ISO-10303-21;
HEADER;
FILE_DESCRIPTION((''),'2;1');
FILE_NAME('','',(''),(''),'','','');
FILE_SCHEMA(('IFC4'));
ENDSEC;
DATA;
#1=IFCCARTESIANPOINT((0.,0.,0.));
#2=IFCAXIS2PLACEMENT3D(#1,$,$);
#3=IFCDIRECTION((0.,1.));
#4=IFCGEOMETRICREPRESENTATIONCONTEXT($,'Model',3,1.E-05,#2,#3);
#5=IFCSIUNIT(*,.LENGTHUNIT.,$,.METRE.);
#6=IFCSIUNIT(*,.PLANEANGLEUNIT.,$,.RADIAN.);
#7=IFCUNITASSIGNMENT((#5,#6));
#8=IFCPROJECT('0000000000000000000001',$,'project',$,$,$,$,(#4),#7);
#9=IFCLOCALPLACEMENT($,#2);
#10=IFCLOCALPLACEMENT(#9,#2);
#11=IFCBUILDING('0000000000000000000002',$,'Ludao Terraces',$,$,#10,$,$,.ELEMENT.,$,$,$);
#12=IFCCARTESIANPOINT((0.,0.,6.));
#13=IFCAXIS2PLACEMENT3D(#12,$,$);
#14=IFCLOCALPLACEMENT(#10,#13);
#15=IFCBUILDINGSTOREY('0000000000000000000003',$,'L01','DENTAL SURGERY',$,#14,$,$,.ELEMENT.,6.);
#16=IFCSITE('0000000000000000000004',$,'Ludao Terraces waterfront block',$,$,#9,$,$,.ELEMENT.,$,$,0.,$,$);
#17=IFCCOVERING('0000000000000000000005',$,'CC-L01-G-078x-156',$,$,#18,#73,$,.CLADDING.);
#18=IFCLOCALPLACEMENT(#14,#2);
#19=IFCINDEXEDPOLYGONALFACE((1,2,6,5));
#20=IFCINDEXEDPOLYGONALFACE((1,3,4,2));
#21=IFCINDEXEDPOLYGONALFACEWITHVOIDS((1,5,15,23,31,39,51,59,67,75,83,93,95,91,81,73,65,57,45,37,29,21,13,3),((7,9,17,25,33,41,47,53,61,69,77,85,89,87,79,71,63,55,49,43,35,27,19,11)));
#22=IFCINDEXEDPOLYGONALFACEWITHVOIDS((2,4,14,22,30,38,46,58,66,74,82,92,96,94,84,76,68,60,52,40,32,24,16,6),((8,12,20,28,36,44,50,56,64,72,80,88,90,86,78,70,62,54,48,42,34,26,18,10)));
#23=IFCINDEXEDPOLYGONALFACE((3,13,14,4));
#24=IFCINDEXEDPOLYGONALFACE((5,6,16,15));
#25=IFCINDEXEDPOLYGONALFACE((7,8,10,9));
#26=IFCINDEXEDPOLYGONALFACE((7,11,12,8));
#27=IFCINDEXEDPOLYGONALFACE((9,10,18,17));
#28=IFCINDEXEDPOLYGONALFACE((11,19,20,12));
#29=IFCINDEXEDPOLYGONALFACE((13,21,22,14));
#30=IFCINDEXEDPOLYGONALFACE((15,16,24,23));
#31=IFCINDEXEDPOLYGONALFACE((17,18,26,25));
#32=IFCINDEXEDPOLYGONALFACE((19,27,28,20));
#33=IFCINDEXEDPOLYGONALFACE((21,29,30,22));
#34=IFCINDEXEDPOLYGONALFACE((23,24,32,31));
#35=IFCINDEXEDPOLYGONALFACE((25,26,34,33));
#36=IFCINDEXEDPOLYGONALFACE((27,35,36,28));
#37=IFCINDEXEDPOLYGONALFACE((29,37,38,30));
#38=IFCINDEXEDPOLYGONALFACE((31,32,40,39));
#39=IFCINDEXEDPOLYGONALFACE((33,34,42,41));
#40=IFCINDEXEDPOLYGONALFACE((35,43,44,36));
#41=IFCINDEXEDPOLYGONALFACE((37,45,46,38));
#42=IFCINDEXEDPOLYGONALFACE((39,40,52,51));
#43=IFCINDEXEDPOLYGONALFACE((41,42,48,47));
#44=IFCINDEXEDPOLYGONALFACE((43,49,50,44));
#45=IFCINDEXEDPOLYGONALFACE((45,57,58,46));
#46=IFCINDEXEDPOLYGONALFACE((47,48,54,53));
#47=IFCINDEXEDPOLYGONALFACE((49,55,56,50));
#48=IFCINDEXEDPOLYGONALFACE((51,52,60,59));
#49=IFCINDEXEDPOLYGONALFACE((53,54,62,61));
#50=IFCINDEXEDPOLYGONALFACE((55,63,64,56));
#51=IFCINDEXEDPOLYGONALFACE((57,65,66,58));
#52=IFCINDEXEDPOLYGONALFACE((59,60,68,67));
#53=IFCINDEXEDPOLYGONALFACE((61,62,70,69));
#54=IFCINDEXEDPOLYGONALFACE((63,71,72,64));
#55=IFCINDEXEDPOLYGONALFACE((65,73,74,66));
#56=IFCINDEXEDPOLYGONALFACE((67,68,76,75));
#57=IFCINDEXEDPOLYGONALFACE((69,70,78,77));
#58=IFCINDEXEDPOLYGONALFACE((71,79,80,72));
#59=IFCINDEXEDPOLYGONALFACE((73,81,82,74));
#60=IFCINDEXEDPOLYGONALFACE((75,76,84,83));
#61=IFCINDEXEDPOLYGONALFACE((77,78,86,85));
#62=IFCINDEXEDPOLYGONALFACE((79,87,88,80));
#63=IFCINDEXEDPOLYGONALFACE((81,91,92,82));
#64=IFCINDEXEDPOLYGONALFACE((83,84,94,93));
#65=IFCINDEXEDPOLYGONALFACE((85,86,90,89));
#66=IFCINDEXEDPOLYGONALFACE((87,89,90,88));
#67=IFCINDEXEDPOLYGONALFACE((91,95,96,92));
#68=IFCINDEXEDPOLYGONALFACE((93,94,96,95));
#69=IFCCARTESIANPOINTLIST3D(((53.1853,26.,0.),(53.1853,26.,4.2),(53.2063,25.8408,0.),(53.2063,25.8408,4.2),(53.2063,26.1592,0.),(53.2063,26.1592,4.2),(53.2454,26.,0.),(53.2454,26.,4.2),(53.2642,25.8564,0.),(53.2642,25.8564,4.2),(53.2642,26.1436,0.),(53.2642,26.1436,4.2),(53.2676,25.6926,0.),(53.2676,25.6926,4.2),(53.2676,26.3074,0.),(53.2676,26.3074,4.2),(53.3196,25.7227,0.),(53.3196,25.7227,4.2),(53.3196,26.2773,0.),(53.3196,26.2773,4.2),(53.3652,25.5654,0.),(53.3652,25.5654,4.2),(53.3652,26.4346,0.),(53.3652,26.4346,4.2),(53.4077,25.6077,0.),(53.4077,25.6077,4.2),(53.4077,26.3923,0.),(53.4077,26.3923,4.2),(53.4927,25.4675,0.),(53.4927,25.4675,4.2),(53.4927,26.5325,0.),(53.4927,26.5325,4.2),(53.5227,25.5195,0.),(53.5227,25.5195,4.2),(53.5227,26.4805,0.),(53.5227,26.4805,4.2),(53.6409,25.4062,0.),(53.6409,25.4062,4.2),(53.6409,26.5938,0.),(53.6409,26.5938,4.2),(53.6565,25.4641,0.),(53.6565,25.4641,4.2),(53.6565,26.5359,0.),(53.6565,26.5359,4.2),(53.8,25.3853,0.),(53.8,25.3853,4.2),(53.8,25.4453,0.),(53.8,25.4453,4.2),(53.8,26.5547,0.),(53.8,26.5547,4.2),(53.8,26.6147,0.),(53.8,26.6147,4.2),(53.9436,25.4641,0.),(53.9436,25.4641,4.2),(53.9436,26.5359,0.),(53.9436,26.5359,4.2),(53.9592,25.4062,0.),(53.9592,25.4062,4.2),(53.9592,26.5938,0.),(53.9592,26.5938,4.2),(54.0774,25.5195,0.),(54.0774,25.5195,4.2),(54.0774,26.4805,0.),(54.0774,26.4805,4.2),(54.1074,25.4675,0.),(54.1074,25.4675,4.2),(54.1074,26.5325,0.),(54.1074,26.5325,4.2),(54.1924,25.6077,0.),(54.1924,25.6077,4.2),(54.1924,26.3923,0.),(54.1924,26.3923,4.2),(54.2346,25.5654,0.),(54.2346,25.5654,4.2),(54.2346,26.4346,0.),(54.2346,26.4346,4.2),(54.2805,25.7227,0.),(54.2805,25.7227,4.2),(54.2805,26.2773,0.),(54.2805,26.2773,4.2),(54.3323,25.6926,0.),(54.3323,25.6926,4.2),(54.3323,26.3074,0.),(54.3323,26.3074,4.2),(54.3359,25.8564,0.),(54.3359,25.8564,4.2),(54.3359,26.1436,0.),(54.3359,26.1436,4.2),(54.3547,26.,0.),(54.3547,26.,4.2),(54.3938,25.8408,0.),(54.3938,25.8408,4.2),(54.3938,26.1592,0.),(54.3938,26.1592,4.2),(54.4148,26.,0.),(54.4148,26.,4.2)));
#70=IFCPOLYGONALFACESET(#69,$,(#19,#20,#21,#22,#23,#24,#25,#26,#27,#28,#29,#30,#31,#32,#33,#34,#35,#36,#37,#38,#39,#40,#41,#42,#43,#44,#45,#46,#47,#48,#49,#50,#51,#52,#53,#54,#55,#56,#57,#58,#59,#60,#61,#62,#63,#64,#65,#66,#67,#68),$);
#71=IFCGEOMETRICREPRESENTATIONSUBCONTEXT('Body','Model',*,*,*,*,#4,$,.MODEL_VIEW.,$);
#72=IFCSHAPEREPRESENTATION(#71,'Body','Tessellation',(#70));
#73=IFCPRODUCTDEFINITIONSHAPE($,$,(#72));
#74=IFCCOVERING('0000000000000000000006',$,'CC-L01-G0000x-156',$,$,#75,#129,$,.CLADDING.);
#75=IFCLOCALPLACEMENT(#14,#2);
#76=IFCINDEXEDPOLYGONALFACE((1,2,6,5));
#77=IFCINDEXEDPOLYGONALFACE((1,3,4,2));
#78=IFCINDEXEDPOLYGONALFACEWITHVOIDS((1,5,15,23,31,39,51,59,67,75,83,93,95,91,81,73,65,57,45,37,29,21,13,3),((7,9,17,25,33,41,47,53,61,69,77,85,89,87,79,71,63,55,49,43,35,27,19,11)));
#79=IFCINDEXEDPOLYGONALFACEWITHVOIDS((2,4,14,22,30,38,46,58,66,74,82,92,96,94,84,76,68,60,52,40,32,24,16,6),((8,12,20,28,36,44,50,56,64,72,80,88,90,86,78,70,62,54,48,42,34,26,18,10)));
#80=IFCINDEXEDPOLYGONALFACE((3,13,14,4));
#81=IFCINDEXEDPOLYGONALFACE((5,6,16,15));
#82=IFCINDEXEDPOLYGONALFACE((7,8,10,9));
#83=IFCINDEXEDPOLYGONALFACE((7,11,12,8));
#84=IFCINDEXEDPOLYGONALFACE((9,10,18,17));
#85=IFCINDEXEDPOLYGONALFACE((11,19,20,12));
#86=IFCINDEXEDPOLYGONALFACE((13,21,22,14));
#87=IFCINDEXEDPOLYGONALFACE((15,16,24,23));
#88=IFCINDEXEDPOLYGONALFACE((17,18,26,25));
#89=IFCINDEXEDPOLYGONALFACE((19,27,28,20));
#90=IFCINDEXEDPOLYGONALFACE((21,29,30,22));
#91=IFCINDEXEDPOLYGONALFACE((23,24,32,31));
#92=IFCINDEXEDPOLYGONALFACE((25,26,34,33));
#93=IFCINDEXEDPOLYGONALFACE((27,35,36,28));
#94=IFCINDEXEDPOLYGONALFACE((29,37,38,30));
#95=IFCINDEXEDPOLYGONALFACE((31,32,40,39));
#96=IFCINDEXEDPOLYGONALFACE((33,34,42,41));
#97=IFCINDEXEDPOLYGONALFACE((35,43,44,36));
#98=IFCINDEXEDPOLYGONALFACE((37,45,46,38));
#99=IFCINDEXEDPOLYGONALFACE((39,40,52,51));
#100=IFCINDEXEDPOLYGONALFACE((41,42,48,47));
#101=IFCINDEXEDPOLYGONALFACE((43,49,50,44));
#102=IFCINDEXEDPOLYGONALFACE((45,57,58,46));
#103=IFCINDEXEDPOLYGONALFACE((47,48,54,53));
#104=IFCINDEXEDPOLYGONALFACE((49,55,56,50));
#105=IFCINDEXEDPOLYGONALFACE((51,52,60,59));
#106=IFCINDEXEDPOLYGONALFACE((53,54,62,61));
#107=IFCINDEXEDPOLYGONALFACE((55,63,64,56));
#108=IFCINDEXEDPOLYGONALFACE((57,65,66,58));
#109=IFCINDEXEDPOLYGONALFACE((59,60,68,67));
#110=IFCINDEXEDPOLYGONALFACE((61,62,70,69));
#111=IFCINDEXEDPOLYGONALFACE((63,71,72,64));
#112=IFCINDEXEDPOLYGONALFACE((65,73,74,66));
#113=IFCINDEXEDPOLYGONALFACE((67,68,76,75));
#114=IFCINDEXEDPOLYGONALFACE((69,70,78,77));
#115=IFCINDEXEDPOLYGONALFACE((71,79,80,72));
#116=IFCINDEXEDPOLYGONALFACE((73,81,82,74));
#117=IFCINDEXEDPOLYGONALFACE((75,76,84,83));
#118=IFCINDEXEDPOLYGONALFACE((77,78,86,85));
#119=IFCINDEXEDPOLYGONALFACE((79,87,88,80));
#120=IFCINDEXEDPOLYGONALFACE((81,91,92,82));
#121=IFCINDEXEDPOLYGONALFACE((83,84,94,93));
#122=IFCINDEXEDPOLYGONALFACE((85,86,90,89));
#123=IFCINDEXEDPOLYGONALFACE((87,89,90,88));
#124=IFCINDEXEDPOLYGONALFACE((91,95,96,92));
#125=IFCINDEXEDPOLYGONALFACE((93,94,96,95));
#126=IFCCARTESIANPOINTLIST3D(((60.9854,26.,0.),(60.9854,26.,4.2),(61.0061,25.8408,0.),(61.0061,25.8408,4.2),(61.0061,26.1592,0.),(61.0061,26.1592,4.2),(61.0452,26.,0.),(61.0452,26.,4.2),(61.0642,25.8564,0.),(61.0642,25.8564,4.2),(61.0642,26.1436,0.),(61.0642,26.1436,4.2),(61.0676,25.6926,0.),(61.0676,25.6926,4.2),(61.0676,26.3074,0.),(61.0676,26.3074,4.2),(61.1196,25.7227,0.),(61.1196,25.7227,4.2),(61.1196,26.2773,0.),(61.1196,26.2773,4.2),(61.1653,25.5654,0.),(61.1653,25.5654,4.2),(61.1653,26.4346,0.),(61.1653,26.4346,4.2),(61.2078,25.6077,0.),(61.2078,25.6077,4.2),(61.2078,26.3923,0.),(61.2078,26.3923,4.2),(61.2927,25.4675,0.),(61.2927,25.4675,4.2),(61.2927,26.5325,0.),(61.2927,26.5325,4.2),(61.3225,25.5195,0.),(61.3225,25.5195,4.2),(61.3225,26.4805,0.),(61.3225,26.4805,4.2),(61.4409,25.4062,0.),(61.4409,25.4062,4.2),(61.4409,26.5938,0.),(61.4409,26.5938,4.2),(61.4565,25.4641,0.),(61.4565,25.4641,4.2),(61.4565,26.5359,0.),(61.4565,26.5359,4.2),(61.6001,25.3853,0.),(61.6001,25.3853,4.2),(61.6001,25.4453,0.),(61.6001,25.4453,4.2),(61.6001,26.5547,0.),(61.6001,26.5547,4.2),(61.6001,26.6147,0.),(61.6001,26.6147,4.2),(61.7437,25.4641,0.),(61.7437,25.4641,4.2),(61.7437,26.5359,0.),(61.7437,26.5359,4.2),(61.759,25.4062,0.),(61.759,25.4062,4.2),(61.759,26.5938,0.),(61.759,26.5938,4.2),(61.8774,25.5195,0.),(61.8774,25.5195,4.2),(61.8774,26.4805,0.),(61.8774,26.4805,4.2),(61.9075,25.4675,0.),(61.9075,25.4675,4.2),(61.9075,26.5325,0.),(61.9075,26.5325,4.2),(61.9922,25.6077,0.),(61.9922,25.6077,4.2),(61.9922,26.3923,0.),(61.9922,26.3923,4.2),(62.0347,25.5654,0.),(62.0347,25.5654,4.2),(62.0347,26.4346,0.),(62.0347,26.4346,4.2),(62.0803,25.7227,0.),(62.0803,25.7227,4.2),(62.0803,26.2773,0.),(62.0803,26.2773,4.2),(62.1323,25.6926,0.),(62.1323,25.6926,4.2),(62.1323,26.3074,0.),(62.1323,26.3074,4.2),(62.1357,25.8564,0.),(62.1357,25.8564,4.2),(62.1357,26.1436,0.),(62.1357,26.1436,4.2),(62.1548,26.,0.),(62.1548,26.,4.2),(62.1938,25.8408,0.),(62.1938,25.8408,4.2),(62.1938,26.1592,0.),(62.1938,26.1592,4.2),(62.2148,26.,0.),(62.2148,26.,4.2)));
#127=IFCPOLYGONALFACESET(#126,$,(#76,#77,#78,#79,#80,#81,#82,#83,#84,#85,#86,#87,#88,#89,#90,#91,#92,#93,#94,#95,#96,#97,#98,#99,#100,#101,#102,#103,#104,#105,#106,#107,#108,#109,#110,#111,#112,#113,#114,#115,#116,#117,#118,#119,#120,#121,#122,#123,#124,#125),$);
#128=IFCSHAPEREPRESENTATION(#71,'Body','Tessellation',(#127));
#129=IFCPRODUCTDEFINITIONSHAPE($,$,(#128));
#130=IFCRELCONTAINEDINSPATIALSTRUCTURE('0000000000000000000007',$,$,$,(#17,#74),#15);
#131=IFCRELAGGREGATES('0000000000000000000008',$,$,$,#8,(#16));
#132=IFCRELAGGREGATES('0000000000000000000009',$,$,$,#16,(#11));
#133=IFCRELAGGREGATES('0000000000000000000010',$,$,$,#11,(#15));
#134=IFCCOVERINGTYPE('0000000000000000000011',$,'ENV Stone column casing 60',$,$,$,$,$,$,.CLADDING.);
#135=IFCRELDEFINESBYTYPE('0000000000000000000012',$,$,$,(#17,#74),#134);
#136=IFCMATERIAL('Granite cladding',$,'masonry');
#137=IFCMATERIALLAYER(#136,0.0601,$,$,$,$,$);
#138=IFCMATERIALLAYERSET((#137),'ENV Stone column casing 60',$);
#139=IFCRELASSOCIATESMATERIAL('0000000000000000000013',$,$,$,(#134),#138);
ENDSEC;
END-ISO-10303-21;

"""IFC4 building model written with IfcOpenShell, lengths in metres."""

from ifc_helpers import new_model, si_unit, direction, frame, origin, place, context, subcontext, project, spatial, polyline, outline, extrude, material, layer, layer_set, type_object, element, save


model = new_model("IFC4")

# Units and contexts
model_context = context("Model", 3, precision=1e-05, world=origin(), true_north=direction((0.0, 1.0)))
body_context = subcontext(model_context, "Body", "Model", "MODEL_VIEW")
ifc_project = project(units=[si_unit("LENGTHUNIT", "METRE"), si_unit("PLANEANGLEUNIT", "RADIAN")], contexts=[model_context])

# Site, building, storey
site_placement = place(None, origin())
site = spatial("IfcSite", under=ifc_project, at=site_placement, Name="Ludao Terraces waterfront block", CompositionType="ELEMENT", RefElevation=0.0)
building_placement = place(site_placement, origin())
building = spatial("IfcBuilding", under=site, at=building_placement, Name="Ludao Terraces", CompositionType="ELEMENT")
storey_placement = place(building_placement, frame((0.0, 0.0, 6.0)))
storey = spatial("IfcBuildingStorey", under=building, at=storey_placement, Name="L01", Description="DENTAL SURGERY", CompositionType="ELEMENT", Elevation=6.0)

# Coverings
ifc_material_1 = material(Name="Granite cladding", Category="masonry")
ifc_layer_1 = layer(ifc_material_1, 0.0601)
ifc_layer_set_1 = layer_set([ifc_layer_1], Name="ENV Stone column casing 60")
covering_type = type_object("IfcCoveringType", Name="ENV Stone column casing 60", PredefinedType="CLADDING", material=ifc_layer_set_1)
covering_1_placement = place(storey_placement, origin())
element("IfcCovering", 1, at=covering_1_placement, inside=storey, type_object=covering_type, Name="CC-L01-G-078x-156", PredefinedType="CLADDING", context=body_context, shape_type="SweptSolid", body=[
    extrude(outline(polyline([(54.4148, 26.0), (54.3938, 26.1592), (54.3323, 26.3074), (54.2346, 26.4346), (54.1074, 26.5325), (53.9592, 26.5938), (53.8, 26.6147), (53.6409, 26.5938), (53.4927, 26.5325), (53.3652, 26.4346), (53.2676, 26.3074), (53.2063, 26.1592), (53.1853, 26.0), (53.2063, 25.8408), (53.2676, 25.6926), (53.3652, 25.5654), (53.4927, 25.4675), (53.6409, 25.4062), (53.8, 25.3853), (53.9592, 25.4062), (54.1074, 25.4675), (54.2346, 25.5654), (54.3323, 25.6926), (54.3938, 25.8408), (54.4148, 26.0)]), holes=[polyline([(54.3359, 25.8564), (54.2805, 25.7227), (54.1924, 25.6077), (54.0774, 25.5195), (53.9436, 25.4641), (53.8, 25.4453), (53.6565, 25.4641), (53.5227, 25.5195), (53.4077, 25.6077), (53.3196, 25.7227), (53.2642, 25.8564), (53.2454, 26.0), (53.2642, 26.1436), (53.3196, 26.2773), (53.4077, 26.3923), (53.5227, 26.4805), (53.6565, 26.5359), (53.8, 26.5547), (53.9436, 26.5359), (54.0774, 26.4805), (54.1924, 26.3923), (54.2805, 26.2773), (54.3359, 26.1436), (54.3547, 26.0), (54.3359, 25.8564)])]), origin(), (0.0, 0.0, 1.0), 4.2),
])
covering_2_placement = place(storey_placement, origin())
element("IfcCovering", 2, at=covering_2_placement, inside=storey, type_object=covering_type, Name="CC-L01-G0000x-156", PredefinedType="CLADDING", context=body_context, shape_type="SweptSolid", body=[
    extrude(outline(polyline([(62.2148, 26.0), (62.1938, 26.1592), (62.1323, 26.3074), (62.0347, 26.4346), (61.9075, 26.5325), (61.759, 26.5938), (61.6001, 26.6147), (61.4409, 26.5938), (61.2927, 26.5325), (61.1653, 26.4346), (61.0676, 26.3074), (61.0061, 26.1592), (60.9854, 26.0), (61.0061, 25.8408), (61.0676, 25.6926), (61.1653, 25.5654), (61.2927, 25.4675), (61.4409, 25.4062), (61.6001, 25.3853), (61.759, 25.4062), (61.9075, 25.4675), (62.0347, 25.5654), (62.1323, 25.6926), (62.1938, 25.8408), (62.2148, 26.0)]), holes=[polyline([(62.1357, 25.8564), (62.0803, 25.7227), (61.9922, 25.6077), (61.8774, 25.5195), (61.7437, 25.4641), (61.6001, 25.4453), (61.4565, 25.4641), (61.3225, 25.5195), (61.2078, 25.6077), (61.1196, 25.7227), (61.0642, 25.8564), (61.0452, 26.0), (61.0642, 26.1436), (61.1196, 26.2773), (61.2078, 26.3923), (61.3225, 26.4805), (61.4565, 26.5359), (61.6001, 26.5547), (61.7437, 26.5359), (61.8774, 26.4805), (61.9922, 26.3923), (62.0803, 26.2773), (62.1357, 26.1436), (62.1548, 26.0), (62.1357, 25.8564)])]), origin(), (0.0, 0.0, 1.0), 4.2),
])

save(model, "model.ifc")
